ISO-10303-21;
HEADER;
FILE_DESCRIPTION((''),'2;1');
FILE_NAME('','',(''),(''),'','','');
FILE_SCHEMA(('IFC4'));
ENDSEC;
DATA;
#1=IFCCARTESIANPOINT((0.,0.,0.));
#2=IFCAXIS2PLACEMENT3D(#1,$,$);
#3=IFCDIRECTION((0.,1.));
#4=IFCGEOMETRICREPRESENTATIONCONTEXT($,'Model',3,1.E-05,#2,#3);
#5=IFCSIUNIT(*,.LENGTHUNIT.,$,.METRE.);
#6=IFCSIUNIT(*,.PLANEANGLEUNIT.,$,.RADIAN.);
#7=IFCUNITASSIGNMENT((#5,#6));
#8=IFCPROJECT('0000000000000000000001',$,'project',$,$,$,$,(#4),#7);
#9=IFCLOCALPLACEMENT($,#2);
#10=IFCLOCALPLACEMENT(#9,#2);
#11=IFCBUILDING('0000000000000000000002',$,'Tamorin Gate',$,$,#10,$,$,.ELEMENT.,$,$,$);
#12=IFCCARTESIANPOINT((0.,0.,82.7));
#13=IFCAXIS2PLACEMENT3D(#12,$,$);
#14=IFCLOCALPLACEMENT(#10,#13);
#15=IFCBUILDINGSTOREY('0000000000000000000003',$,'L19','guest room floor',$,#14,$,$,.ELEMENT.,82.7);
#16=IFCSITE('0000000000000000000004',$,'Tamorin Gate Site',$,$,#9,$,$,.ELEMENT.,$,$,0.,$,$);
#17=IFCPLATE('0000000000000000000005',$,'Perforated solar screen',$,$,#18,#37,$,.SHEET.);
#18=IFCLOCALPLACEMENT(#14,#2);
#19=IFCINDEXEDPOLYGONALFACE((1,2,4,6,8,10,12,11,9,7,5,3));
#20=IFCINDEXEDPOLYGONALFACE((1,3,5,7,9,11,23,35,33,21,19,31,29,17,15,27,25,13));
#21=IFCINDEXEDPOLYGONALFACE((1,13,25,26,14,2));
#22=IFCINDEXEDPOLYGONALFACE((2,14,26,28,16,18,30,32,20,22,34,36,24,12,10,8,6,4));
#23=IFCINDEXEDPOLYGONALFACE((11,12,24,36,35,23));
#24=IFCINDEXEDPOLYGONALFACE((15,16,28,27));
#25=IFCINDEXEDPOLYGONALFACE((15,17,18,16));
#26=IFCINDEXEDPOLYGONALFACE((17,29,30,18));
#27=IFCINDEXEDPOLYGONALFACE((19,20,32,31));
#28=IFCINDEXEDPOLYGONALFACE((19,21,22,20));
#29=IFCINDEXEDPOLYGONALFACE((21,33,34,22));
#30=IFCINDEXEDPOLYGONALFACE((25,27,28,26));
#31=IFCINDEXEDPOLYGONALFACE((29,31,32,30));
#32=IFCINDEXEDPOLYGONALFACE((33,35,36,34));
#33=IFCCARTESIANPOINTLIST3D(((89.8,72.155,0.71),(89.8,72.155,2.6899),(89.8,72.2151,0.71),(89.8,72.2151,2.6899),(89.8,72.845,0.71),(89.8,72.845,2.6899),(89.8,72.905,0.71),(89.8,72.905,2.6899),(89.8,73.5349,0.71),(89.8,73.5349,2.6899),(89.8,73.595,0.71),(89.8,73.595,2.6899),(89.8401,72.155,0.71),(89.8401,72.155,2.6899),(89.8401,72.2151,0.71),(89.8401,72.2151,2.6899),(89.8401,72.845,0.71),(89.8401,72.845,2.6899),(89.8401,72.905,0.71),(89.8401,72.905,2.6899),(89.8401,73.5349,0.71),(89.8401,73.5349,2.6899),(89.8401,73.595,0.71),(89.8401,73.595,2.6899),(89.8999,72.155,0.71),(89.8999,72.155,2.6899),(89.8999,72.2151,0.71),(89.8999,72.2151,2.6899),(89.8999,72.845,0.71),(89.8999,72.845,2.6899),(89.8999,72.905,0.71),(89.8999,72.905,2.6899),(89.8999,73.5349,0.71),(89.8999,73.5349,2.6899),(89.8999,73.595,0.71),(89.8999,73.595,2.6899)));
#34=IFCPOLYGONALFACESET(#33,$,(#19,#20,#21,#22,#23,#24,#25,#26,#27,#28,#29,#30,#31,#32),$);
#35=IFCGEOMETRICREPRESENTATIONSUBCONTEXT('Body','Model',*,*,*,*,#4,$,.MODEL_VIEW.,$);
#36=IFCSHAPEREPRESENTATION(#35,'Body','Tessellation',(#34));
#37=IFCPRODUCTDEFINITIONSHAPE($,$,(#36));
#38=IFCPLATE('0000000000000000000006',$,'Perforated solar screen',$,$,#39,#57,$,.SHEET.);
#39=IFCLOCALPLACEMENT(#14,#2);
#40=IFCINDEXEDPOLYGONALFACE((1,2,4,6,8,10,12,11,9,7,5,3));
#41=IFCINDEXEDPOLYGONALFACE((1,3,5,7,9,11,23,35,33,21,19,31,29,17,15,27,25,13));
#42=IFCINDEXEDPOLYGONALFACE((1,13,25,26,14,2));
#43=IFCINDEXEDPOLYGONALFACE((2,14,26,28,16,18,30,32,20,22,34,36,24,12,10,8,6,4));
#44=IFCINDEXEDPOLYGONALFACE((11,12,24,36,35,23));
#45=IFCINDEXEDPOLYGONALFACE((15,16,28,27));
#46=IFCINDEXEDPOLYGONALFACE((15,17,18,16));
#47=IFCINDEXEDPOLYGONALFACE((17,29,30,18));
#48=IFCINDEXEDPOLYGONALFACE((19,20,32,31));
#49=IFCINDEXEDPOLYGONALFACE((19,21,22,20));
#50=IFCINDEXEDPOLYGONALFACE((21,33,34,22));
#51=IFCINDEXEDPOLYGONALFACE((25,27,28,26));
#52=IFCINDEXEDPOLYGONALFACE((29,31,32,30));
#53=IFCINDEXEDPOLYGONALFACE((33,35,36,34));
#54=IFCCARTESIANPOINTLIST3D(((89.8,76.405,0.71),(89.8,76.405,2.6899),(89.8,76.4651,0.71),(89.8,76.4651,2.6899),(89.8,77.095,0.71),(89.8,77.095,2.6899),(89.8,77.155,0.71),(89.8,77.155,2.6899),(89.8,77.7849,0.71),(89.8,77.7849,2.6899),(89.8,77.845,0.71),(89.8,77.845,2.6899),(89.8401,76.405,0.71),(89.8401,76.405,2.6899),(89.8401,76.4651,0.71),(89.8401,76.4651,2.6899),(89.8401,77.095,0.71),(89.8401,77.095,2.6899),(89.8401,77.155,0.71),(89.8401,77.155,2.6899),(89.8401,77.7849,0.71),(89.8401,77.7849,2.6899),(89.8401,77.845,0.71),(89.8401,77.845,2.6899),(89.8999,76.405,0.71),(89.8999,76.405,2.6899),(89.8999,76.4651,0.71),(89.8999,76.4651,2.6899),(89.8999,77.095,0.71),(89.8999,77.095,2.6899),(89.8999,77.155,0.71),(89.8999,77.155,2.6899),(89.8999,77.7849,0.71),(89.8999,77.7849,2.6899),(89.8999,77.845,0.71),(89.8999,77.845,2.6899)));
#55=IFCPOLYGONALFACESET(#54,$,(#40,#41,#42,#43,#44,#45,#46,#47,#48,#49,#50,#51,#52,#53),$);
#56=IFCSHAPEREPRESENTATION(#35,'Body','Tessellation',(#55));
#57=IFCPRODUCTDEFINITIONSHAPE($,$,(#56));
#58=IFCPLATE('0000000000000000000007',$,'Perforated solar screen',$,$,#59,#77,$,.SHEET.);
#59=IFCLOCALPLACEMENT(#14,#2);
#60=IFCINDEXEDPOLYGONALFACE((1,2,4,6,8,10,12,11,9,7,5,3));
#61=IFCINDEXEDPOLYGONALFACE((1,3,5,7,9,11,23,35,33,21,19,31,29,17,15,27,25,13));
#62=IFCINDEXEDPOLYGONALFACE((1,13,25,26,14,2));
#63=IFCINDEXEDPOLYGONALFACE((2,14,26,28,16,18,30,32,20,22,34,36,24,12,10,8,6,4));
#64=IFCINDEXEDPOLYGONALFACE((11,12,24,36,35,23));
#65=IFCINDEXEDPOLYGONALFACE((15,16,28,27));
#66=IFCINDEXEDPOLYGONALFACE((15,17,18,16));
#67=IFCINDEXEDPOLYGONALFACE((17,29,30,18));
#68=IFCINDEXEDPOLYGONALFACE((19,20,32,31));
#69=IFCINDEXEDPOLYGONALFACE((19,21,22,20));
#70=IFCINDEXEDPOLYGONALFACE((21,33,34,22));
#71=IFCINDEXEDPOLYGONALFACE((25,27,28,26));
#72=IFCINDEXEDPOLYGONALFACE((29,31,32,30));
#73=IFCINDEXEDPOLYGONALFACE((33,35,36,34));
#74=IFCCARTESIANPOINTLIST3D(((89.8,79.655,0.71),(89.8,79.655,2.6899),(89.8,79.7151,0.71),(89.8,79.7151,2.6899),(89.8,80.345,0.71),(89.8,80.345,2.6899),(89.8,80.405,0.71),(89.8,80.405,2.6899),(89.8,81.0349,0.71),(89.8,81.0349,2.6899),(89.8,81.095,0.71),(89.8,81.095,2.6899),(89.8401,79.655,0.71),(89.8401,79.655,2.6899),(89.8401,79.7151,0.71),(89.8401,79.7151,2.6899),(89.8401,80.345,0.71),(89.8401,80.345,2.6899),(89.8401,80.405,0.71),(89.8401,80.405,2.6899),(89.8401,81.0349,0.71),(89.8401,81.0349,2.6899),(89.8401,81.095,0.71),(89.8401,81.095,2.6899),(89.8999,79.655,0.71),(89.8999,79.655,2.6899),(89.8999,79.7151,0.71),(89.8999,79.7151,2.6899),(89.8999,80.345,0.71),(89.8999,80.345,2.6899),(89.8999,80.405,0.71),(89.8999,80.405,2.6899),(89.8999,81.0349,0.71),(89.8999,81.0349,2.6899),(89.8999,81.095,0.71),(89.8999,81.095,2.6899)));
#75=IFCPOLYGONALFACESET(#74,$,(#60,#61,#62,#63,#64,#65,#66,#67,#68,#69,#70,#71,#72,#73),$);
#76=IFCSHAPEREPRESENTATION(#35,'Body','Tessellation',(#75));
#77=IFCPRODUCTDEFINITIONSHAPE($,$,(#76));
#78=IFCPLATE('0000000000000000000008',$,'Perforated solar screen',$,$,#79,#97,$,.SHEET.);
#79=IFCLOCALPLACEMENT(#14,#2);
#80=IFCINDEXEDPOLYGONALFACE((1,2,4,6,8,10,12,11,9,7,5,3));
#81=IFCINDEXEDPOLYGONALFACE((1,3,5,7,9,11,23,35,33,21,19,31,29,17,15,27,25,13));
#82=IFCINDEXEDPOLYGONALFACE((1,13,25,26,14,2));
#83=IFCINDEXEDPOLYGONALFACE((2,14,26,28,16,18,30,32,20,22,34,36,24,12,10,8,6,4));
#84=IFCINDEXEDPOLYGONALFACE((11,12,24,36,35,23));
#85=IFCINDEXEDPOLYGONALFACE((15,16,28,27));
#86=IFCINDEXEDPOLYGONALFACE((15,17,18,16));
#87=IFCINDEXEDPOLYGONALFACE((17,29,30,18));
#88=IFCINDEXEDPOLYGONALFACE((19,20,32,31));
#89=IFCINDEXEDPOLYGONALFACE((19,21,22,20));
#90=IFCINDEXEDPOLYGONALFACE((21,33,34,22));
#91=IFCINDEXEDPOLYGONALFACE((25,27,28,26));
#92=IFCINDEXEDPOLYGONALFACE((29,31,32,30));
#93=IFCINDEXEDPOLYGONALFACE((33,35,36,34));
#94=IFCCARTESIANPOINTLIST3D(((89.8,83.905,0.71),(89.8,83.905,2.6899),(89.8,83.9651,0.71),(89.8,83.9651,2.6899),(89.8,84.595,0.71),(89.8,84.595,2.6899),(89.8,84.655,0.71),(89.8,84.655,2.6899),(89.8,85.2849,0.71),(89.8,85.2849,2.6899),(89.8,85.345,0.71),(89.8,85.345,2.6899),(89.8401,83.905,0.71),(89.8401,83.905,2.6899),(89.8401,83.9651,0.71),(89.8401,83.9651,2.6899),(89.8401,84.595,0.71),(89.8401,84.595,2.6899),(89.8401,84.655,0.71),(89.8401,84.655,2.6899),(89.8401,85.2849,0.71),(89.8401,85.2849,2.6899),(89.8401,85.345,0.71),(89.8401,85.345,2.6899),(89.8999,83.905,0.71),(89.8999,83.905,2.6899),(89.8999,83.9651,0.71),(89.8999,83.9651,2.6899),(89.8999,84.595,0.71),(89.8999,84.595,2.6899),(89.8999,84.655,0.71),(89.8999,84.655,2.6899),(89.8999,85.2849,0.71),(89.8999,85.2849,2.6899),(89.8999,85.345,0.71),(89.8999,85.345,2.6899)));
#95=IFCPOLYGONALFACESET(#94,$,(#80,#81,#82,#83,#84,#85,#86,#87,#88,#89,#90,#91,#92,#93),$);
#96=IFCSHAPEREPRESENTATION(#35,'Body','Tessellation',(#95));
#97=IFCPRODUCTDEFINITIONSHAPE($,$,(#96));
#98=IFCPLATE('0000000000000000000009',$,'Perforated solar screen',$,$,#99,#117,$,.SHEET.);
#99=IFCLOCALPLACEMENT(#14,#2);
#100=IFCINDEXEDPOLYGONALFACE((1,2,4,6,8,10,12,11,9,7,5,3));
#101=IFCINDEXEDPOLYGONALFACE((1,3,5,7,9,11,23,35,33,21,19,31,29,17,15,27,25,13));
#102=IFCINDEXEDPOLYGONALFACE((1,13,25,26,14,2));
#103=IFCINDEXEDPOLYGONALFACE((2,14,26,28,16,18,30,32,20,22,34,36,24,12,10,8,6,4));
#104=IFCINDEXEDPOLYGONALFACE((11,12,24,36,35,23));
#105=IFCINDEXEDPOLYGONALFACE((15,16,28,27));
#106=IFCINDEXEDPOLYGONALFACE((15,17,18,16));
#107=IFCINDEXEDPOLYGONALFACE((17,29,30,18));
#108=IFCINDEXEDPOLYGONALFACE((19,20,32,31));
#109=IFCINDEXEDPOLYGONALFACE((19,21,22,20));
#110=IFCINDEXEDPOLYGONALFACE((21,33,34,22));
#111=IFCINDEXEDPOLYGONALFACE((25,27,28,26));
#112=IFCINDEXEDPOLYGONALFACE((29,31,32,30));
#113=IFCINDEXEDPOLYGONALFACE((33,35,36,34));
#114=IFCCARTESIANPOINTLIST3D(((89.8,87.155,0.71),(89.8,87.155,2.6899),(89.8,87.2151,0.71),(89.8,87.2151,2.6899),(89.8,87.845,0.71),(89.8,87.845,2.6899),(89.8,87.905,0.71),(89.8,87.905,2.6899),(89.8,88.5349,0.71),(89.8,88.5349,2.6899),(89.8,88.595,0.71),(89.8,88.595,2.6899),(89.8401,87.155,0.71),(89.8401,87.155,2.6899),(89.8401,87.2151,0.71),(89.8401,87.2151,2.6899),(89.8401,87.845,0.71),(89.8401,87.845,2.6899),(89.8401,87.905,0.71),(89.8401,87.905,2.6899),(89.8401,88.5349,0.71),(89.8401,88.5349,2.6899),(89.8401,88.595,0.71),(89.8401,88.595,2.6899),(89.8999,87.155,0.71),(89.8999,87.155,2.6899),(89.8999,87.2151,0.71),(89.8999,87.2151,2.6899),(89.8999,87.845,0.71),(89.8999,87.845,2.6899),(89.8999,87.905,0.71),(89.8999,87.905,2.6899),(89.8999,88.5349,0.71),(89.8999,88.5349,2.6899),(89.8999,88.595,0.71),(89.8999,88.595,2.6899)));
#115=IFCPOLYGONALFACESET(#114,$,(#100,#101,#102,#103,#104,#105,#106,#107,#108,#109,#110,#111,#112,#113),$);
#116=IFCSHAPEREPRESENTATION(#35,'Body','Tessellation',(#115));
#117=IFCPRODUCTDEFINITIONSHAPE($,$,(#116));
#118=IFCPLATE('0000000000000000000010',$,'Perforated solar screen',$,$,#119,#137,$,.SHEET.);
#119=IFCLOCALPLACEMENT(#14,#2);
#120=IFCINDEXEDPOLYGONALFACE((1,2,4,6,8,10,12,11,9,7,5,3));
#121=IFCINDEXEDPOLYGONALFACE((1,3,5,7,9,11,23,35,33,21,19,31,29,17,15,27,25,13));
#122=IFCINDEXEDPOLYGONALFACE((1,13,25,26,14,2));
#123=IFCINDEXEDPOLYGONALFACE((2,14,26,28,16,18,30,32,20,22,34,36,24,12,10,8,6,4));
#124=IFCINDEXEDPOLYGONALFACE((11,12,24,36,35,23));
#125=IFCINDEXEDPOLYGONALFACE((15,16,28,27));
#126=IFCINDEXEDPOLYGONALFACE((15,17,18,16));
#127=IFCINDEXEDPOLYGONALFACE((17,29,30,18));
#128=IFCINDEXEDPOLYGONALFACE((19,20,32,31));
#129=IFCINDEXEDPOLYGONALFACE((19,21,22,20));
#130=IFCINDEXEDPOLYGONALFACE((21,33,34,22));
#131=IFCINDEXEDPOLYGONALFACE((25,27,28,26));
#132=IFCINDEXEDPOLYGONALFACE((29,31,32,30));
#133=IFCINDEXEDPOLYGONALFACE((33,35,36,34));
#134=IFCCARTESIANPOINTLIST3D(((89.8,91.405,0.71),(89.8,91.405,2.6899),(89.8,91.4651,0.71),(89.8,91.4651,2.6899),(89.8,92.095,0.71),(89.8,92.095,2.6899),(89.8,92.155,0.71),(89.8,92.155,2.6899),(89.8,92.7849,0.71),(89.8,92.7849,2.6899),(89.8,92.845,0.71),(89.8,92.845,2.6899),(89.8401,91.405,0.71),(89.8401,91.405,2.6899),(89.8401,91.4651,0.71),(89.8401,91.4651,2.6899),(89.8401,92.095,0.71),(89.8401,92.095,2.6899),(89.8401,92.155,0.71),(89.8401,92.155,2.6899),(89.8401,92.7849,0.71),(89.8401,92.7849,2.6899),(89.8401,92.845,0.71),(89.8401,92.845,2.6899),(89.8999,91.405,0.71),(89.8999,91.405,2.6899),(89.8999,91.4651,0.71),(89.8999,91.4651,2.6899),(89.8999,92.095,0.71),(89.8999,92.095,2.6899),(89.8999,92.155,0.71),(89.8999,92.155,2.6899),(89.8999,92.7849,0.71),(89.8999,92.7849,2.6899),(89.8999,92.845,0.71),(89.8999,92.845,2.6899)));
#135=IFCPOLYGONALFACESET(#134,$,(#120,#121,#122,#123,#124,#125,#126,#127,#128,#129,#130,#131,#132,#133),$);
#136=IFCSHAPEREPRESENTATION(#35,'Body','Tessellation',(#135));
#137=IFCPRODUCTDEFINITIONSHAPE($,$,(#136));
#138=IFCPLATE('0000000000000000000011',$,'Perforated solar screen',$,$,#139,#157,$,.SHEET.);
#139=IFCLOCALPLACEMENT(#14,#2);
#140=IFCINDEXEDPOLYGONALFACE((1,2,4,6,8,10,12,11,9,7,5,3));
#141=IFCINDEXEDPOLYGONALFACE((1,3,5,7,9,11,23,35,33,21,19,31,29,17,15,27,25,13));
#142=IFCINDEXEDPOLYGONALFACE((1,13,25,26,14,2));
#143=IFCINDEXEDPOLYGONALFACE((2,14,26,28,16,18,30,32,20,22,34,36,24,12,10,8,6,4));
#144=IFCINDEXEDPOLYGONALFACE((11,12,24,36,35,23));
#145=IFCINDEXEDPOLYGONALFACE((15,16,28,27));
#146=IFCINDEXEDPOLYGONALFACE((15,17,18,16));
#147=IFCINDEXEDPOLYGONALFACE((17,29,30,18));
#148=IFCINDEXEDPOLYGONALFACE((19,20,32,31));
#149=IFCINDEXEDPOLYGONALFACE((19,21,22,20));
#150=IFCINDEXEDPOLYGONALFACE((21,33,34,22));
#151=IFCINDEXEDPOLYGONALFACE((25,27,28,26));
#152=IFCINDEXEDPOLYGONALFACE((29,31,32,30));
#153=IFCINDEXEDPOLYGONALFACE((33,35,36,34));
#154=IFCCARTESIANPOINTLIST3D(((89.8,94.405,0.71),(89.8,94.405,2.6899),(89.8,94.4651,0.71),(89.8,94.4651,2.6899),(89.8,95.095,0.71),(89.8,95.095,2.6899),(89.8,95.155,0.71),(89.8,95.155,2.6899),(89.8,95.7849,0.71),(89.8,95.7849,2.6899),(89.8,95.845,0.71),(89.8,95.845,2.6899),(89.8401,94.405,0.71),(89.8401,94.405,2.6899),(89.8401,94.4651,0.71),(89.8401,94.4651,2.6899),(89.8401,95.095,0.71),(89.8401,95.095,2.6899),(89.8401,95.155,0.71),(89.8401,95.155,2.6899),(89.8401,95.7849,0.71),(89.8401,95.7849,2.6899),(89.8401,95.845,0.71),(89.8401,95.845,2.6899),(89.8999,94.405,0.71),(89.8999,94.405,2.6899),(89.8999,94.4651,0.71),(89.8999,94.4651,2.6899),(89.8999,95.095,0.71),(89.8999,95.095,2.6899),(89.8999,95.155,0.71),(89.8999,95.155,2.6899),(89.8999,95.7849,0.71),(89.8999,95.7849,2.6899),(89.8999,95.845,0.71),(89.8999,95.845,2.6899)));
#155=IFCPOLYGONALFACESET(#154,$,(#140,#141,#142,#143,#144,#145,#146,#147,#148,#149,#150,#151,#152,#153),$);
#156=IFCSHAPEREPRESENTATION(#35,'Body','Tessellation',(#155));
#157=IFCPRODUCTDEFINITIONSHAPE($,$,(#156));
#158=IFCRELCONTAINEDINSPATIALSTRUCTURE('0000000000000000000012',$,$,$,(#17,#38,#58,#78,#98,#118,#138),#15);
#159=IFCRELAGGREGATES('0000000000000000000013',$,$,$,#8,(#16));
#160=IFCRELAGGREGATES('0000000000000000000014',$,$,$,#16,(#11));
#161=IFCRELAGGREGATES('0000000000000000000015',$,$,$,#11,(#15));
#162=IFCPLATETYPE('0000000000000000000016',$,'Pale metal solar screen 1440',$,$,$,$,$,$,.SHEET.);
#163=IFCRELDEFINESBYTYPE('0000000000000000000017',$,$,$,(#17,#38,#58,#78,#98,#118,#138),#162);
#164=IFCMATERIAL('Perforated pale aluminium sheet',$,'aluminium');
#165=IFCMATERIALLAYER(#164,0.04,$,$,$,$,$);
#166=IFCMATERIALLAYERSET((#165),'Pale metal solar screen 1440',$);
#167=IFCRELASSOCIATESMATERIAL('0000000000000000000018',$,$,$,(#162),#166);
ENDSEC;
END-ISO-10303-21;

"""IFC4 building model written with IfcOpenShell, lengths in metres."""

from ifc_helpers import new_model, si_unit, direction, frame, origin, place, context, subcontext, project, spatial, polyline, outline, extrude, material, layer, layer_set, type_object, element, save


model = new_model("IFC4")

# Units and contexts
model_context = context("Model", 3, precision=1e-05, world=origin(), true_north=direction((0.0, 1.0)))
body_context = subcontext(model_context, "Body", "Model", "MODEL_VIEW")
ifc_project = project(units=[si_unit("LENGTHUNIT", "METRE"), si_unit("PLANEANGLEUNIT", "RADIAN")], contexts=[model_context])

# Site, building, storey
site_placement = place(None, origin())
site = spatial("IfcSite", under=ifc_project, at=site_placement, Name="Tamorin Gate Site", CompositionType="ELEMENT", RefElevation=0.0)
building_placement = place(site_placement, origin())
building = spatial("IfcBuilding", under=site, at=building_placement, Name="Tamorin Gate", CompositionType="ELEMENT")
storey_placement = place(building_placement, frame((0.0, 0.0, 82.7)))
storey = spatial("IfcBuildingStorey", under=building, at=storey_placement, Name="L19", Description="guest room floor", CompositionType="ELEMENT", Elevation=82.7)

# Plates
ifc_material = material(Name="Perforated pale aluminium sheet", Category="aluminium")
ifc_layer = layer(ifc_material, 0.04)
ifc_layer_set = layer_set([ifc_layer], Name="Pale metal solar screen 1440")
plate_type = type_object("IfcPlateType", Name="Pale metal solar screen 1440", PredefinedType="SHEET", material=ifc_layer_set)
plate_1_placement = place(storey_placement, frame((0.0, 0.0, 0.71)))
element("IfcPlate", 1, at=plate_1_placement, inside=storey, type_object=plate_type, Name="Perforated solar screen", PredefinedType="SHEET", context=body_context, shape_type="SweptSolid", body=[
    extrude(outline(polyline([(89.8401, 72.155), (89.8, 72.155), (89.8, 72.2151), (89.8, 72.845), (89.8, 72.905), (89.8, 73.5349), (89.8, 73.595), (89.8401, 73.595), (89.8999, 73.595), (89.8999, 73.5349), (89.8401, 73.5349), (89.8401, 72.905), (89.8999, 72.905), (89.8999, 72.845), (89.8401, 72.845), (89.8401, 72.2151), (89.8999, 72.2151), (89.8999, 72.155), (89.8401, 72.155)])), origin(), (0.0, 0.0, 1.0), 1.98),
])
plate_2_placement = place(storey_placement, frame((0.0, 0.0, 0.71)))
element("IfcPlate", 2, at=plate_2_placement, inside=storey, type_object=plate_type, Name="Perforated solar screen", PredefinedType="SHEET", context=body_context, shape_type="SweptSolid", body=[
    extrude(outline(polyline([(89.8401, 76.405), (89.8, 76.405), (89.8, 76.4651), (89.8, 77.095), (89.8, 77.155), (89.8, 77.7849), (89.8, 77.845), (89.8401, 77.845), (89.8999, 77.845), (89.8999, 77.7849), (89.8401, 77.7849), (89.8401, 77.155), (89.8999, 77.155), (89.8999, 77.095), (89.8401, 77.095), (89.8401, 76.4651), (89.8999, 76.4651), (89.8999, 76.405), (89.8401, 76.405)])), origin(), (0.0, 0.0, 1.0), 1.98),
])
plate_3_placement = place(storey_placement, frame((0.0, 0.0, 0.71)))
element("IfcPlate", 3, at=plate_3_placement, inside=storey, type_object=plate_type, Name="Perforated solar screen", PredefinedType="SHEET", context=body_context, shape_type="SweptSolid", body=[
    extrude(outline(polyline([(89.8401, 79.655), (89.8, 79.655), (89.8, 79.7151), (89.8, 80.345), (89.8, 80.405), (89.8, 81.0349), (89.8, 81.095), (89.8401, 81.095), (89.8999, 81.095), (89.8999, 81.0349), (89.8401, 81.0349), (89.8401, 80.405), (89.8999, 80.405), (89.8999, 80.345), (89.8401, 80.345), (89.8401, 79.7151), (89.8999, 79.7151), (89.8999, 79.655), (89.8401, 79.655)])), origin(), (0.0, 0.0, 1.0), 1.98),
])
plate_4_placement = place(storey_placement, frame((0.0, 0.0, 0.71)))
element("IfcPlate", 4, at=plate_4_placement, inside=storey, type_object=plate_type, Name="Perforated solar screen", PredefinedType="SHEET", context=body_context, shape_type="SweptSolid", body=[
    extrude(outline(polyline([(89.8401, 83.905), (89.8, 83.905), (89.8, 83.9651), (89.8, 84.595), (89.8, 84.655), (89.8, 85.2849), (89.8, 85.345), (89.8401, 85.345), (89.8999, 85.345), (89.8999, 85.2849), (89.8401, 85.2849), (89.8401, 84.655), (89.8999, 84.655), (89.8999, 84.595), (89.8401, 84.595), (89.8401, 83.9651), (89.8999, 83.9651), (89.8999, 83.905), (89.8401, 83.905)])), origin(), (0.0, 0.0, 1.0), 1.98),
])
plate_5_placement = place(storey_placement, frame((0.0, 0.0, 0.71)))
element("IfcPlate", 5, at=plate_5_placement, inside=storey, type_object=plate_type, Name="Perforated solar screen", PredefinedType="SHEET", context=body_context, shape_type="SweptSolid", body=[
    extrude(outline(polyline([(89.8401, 87.155), (89.8, 87.155), (89.8, 87.2151), (89.8, 87.845), (89.8, 87.905), (89.8, 88.5349), (89.8, 88.595), (89.8401, 88.595), (89.8999, 88.595), (89.8999, 88.5349), (89.8401, 88.5349), (89.8401, 87.905), (89.8999, 87.905), (89.8999, 87.845), (89.8401, 87.845), (89.8401, 87.2151), (89.8999, 87.2151), (89.8999, 87.155), (89.8401, 87.155)])), origin(), (0.0, 0.0, 1.0), 1.98),
])
plate_6_placement = place(storey_placement, frame((0.0, 0.0, 0.71)))
element("IfcPlate", 6, at=plate_6_placement, inside=storey, type_object=plate_type, Name="Perforated solar screen", PredefinedType="SHEET", context=body_context, shape_type="SweptSolid", body=[
    extrude(outline(polyline([(89.8401, 91.405), (89.8, 91.405), (89.8, 91.4651), (89.8, 92.095), (89.8, 92.155), (89.8, 92.7849), (89.8, 92.845), (89.8401, 92.845), (89.8999, 92.845), (89.8999, 92.7849), (89.8401, 92.7849), (89.8401, 92.155), (89.8999, 92.155), (89.8999, 92.095), (89.8401, 92.095), (89.8401, 91.4651), (89.8999, 91.4651), (89.8999, 91.405), (89.8401, 91.405)])), origin(), (0.0, 0.0, 1.0), 1.98),
])
plate_7_placement = place(storey_placement, frame((0.0, 0.0, 0.71)))
element("IfcPlate", 7, at=plate_7_placement, inside=storey, type_object=plate_type, Name="Perforated solar screen", PredefinedType="SHEET", context=body_context, shape_type="SweptSolid", body=[
    extrude(outline(polyline([(89.8401, 94.405), (89.8, 94.405), (89.8, 94.4651), (89.8, 95.095), (89.8, 95.155), (89.8, 95.7849), (89.8, 95.845), (89.8401, 95.845), (89.8999, 95.845), (89.8999, 95.7849), (89.8401, 95.7849), (89.8401, 95.155), (89.8999, 95.155), (89.8999, 95.095), (89.8401, 95.095), (89.8401, 94.4651), (89.8999, 94.4651), (89.8999, 94.405), (89.8401, 94.405)])), origin(), (0.0, 0.0, 1.0), 1.98),
])

save(model, "model.ifc")
